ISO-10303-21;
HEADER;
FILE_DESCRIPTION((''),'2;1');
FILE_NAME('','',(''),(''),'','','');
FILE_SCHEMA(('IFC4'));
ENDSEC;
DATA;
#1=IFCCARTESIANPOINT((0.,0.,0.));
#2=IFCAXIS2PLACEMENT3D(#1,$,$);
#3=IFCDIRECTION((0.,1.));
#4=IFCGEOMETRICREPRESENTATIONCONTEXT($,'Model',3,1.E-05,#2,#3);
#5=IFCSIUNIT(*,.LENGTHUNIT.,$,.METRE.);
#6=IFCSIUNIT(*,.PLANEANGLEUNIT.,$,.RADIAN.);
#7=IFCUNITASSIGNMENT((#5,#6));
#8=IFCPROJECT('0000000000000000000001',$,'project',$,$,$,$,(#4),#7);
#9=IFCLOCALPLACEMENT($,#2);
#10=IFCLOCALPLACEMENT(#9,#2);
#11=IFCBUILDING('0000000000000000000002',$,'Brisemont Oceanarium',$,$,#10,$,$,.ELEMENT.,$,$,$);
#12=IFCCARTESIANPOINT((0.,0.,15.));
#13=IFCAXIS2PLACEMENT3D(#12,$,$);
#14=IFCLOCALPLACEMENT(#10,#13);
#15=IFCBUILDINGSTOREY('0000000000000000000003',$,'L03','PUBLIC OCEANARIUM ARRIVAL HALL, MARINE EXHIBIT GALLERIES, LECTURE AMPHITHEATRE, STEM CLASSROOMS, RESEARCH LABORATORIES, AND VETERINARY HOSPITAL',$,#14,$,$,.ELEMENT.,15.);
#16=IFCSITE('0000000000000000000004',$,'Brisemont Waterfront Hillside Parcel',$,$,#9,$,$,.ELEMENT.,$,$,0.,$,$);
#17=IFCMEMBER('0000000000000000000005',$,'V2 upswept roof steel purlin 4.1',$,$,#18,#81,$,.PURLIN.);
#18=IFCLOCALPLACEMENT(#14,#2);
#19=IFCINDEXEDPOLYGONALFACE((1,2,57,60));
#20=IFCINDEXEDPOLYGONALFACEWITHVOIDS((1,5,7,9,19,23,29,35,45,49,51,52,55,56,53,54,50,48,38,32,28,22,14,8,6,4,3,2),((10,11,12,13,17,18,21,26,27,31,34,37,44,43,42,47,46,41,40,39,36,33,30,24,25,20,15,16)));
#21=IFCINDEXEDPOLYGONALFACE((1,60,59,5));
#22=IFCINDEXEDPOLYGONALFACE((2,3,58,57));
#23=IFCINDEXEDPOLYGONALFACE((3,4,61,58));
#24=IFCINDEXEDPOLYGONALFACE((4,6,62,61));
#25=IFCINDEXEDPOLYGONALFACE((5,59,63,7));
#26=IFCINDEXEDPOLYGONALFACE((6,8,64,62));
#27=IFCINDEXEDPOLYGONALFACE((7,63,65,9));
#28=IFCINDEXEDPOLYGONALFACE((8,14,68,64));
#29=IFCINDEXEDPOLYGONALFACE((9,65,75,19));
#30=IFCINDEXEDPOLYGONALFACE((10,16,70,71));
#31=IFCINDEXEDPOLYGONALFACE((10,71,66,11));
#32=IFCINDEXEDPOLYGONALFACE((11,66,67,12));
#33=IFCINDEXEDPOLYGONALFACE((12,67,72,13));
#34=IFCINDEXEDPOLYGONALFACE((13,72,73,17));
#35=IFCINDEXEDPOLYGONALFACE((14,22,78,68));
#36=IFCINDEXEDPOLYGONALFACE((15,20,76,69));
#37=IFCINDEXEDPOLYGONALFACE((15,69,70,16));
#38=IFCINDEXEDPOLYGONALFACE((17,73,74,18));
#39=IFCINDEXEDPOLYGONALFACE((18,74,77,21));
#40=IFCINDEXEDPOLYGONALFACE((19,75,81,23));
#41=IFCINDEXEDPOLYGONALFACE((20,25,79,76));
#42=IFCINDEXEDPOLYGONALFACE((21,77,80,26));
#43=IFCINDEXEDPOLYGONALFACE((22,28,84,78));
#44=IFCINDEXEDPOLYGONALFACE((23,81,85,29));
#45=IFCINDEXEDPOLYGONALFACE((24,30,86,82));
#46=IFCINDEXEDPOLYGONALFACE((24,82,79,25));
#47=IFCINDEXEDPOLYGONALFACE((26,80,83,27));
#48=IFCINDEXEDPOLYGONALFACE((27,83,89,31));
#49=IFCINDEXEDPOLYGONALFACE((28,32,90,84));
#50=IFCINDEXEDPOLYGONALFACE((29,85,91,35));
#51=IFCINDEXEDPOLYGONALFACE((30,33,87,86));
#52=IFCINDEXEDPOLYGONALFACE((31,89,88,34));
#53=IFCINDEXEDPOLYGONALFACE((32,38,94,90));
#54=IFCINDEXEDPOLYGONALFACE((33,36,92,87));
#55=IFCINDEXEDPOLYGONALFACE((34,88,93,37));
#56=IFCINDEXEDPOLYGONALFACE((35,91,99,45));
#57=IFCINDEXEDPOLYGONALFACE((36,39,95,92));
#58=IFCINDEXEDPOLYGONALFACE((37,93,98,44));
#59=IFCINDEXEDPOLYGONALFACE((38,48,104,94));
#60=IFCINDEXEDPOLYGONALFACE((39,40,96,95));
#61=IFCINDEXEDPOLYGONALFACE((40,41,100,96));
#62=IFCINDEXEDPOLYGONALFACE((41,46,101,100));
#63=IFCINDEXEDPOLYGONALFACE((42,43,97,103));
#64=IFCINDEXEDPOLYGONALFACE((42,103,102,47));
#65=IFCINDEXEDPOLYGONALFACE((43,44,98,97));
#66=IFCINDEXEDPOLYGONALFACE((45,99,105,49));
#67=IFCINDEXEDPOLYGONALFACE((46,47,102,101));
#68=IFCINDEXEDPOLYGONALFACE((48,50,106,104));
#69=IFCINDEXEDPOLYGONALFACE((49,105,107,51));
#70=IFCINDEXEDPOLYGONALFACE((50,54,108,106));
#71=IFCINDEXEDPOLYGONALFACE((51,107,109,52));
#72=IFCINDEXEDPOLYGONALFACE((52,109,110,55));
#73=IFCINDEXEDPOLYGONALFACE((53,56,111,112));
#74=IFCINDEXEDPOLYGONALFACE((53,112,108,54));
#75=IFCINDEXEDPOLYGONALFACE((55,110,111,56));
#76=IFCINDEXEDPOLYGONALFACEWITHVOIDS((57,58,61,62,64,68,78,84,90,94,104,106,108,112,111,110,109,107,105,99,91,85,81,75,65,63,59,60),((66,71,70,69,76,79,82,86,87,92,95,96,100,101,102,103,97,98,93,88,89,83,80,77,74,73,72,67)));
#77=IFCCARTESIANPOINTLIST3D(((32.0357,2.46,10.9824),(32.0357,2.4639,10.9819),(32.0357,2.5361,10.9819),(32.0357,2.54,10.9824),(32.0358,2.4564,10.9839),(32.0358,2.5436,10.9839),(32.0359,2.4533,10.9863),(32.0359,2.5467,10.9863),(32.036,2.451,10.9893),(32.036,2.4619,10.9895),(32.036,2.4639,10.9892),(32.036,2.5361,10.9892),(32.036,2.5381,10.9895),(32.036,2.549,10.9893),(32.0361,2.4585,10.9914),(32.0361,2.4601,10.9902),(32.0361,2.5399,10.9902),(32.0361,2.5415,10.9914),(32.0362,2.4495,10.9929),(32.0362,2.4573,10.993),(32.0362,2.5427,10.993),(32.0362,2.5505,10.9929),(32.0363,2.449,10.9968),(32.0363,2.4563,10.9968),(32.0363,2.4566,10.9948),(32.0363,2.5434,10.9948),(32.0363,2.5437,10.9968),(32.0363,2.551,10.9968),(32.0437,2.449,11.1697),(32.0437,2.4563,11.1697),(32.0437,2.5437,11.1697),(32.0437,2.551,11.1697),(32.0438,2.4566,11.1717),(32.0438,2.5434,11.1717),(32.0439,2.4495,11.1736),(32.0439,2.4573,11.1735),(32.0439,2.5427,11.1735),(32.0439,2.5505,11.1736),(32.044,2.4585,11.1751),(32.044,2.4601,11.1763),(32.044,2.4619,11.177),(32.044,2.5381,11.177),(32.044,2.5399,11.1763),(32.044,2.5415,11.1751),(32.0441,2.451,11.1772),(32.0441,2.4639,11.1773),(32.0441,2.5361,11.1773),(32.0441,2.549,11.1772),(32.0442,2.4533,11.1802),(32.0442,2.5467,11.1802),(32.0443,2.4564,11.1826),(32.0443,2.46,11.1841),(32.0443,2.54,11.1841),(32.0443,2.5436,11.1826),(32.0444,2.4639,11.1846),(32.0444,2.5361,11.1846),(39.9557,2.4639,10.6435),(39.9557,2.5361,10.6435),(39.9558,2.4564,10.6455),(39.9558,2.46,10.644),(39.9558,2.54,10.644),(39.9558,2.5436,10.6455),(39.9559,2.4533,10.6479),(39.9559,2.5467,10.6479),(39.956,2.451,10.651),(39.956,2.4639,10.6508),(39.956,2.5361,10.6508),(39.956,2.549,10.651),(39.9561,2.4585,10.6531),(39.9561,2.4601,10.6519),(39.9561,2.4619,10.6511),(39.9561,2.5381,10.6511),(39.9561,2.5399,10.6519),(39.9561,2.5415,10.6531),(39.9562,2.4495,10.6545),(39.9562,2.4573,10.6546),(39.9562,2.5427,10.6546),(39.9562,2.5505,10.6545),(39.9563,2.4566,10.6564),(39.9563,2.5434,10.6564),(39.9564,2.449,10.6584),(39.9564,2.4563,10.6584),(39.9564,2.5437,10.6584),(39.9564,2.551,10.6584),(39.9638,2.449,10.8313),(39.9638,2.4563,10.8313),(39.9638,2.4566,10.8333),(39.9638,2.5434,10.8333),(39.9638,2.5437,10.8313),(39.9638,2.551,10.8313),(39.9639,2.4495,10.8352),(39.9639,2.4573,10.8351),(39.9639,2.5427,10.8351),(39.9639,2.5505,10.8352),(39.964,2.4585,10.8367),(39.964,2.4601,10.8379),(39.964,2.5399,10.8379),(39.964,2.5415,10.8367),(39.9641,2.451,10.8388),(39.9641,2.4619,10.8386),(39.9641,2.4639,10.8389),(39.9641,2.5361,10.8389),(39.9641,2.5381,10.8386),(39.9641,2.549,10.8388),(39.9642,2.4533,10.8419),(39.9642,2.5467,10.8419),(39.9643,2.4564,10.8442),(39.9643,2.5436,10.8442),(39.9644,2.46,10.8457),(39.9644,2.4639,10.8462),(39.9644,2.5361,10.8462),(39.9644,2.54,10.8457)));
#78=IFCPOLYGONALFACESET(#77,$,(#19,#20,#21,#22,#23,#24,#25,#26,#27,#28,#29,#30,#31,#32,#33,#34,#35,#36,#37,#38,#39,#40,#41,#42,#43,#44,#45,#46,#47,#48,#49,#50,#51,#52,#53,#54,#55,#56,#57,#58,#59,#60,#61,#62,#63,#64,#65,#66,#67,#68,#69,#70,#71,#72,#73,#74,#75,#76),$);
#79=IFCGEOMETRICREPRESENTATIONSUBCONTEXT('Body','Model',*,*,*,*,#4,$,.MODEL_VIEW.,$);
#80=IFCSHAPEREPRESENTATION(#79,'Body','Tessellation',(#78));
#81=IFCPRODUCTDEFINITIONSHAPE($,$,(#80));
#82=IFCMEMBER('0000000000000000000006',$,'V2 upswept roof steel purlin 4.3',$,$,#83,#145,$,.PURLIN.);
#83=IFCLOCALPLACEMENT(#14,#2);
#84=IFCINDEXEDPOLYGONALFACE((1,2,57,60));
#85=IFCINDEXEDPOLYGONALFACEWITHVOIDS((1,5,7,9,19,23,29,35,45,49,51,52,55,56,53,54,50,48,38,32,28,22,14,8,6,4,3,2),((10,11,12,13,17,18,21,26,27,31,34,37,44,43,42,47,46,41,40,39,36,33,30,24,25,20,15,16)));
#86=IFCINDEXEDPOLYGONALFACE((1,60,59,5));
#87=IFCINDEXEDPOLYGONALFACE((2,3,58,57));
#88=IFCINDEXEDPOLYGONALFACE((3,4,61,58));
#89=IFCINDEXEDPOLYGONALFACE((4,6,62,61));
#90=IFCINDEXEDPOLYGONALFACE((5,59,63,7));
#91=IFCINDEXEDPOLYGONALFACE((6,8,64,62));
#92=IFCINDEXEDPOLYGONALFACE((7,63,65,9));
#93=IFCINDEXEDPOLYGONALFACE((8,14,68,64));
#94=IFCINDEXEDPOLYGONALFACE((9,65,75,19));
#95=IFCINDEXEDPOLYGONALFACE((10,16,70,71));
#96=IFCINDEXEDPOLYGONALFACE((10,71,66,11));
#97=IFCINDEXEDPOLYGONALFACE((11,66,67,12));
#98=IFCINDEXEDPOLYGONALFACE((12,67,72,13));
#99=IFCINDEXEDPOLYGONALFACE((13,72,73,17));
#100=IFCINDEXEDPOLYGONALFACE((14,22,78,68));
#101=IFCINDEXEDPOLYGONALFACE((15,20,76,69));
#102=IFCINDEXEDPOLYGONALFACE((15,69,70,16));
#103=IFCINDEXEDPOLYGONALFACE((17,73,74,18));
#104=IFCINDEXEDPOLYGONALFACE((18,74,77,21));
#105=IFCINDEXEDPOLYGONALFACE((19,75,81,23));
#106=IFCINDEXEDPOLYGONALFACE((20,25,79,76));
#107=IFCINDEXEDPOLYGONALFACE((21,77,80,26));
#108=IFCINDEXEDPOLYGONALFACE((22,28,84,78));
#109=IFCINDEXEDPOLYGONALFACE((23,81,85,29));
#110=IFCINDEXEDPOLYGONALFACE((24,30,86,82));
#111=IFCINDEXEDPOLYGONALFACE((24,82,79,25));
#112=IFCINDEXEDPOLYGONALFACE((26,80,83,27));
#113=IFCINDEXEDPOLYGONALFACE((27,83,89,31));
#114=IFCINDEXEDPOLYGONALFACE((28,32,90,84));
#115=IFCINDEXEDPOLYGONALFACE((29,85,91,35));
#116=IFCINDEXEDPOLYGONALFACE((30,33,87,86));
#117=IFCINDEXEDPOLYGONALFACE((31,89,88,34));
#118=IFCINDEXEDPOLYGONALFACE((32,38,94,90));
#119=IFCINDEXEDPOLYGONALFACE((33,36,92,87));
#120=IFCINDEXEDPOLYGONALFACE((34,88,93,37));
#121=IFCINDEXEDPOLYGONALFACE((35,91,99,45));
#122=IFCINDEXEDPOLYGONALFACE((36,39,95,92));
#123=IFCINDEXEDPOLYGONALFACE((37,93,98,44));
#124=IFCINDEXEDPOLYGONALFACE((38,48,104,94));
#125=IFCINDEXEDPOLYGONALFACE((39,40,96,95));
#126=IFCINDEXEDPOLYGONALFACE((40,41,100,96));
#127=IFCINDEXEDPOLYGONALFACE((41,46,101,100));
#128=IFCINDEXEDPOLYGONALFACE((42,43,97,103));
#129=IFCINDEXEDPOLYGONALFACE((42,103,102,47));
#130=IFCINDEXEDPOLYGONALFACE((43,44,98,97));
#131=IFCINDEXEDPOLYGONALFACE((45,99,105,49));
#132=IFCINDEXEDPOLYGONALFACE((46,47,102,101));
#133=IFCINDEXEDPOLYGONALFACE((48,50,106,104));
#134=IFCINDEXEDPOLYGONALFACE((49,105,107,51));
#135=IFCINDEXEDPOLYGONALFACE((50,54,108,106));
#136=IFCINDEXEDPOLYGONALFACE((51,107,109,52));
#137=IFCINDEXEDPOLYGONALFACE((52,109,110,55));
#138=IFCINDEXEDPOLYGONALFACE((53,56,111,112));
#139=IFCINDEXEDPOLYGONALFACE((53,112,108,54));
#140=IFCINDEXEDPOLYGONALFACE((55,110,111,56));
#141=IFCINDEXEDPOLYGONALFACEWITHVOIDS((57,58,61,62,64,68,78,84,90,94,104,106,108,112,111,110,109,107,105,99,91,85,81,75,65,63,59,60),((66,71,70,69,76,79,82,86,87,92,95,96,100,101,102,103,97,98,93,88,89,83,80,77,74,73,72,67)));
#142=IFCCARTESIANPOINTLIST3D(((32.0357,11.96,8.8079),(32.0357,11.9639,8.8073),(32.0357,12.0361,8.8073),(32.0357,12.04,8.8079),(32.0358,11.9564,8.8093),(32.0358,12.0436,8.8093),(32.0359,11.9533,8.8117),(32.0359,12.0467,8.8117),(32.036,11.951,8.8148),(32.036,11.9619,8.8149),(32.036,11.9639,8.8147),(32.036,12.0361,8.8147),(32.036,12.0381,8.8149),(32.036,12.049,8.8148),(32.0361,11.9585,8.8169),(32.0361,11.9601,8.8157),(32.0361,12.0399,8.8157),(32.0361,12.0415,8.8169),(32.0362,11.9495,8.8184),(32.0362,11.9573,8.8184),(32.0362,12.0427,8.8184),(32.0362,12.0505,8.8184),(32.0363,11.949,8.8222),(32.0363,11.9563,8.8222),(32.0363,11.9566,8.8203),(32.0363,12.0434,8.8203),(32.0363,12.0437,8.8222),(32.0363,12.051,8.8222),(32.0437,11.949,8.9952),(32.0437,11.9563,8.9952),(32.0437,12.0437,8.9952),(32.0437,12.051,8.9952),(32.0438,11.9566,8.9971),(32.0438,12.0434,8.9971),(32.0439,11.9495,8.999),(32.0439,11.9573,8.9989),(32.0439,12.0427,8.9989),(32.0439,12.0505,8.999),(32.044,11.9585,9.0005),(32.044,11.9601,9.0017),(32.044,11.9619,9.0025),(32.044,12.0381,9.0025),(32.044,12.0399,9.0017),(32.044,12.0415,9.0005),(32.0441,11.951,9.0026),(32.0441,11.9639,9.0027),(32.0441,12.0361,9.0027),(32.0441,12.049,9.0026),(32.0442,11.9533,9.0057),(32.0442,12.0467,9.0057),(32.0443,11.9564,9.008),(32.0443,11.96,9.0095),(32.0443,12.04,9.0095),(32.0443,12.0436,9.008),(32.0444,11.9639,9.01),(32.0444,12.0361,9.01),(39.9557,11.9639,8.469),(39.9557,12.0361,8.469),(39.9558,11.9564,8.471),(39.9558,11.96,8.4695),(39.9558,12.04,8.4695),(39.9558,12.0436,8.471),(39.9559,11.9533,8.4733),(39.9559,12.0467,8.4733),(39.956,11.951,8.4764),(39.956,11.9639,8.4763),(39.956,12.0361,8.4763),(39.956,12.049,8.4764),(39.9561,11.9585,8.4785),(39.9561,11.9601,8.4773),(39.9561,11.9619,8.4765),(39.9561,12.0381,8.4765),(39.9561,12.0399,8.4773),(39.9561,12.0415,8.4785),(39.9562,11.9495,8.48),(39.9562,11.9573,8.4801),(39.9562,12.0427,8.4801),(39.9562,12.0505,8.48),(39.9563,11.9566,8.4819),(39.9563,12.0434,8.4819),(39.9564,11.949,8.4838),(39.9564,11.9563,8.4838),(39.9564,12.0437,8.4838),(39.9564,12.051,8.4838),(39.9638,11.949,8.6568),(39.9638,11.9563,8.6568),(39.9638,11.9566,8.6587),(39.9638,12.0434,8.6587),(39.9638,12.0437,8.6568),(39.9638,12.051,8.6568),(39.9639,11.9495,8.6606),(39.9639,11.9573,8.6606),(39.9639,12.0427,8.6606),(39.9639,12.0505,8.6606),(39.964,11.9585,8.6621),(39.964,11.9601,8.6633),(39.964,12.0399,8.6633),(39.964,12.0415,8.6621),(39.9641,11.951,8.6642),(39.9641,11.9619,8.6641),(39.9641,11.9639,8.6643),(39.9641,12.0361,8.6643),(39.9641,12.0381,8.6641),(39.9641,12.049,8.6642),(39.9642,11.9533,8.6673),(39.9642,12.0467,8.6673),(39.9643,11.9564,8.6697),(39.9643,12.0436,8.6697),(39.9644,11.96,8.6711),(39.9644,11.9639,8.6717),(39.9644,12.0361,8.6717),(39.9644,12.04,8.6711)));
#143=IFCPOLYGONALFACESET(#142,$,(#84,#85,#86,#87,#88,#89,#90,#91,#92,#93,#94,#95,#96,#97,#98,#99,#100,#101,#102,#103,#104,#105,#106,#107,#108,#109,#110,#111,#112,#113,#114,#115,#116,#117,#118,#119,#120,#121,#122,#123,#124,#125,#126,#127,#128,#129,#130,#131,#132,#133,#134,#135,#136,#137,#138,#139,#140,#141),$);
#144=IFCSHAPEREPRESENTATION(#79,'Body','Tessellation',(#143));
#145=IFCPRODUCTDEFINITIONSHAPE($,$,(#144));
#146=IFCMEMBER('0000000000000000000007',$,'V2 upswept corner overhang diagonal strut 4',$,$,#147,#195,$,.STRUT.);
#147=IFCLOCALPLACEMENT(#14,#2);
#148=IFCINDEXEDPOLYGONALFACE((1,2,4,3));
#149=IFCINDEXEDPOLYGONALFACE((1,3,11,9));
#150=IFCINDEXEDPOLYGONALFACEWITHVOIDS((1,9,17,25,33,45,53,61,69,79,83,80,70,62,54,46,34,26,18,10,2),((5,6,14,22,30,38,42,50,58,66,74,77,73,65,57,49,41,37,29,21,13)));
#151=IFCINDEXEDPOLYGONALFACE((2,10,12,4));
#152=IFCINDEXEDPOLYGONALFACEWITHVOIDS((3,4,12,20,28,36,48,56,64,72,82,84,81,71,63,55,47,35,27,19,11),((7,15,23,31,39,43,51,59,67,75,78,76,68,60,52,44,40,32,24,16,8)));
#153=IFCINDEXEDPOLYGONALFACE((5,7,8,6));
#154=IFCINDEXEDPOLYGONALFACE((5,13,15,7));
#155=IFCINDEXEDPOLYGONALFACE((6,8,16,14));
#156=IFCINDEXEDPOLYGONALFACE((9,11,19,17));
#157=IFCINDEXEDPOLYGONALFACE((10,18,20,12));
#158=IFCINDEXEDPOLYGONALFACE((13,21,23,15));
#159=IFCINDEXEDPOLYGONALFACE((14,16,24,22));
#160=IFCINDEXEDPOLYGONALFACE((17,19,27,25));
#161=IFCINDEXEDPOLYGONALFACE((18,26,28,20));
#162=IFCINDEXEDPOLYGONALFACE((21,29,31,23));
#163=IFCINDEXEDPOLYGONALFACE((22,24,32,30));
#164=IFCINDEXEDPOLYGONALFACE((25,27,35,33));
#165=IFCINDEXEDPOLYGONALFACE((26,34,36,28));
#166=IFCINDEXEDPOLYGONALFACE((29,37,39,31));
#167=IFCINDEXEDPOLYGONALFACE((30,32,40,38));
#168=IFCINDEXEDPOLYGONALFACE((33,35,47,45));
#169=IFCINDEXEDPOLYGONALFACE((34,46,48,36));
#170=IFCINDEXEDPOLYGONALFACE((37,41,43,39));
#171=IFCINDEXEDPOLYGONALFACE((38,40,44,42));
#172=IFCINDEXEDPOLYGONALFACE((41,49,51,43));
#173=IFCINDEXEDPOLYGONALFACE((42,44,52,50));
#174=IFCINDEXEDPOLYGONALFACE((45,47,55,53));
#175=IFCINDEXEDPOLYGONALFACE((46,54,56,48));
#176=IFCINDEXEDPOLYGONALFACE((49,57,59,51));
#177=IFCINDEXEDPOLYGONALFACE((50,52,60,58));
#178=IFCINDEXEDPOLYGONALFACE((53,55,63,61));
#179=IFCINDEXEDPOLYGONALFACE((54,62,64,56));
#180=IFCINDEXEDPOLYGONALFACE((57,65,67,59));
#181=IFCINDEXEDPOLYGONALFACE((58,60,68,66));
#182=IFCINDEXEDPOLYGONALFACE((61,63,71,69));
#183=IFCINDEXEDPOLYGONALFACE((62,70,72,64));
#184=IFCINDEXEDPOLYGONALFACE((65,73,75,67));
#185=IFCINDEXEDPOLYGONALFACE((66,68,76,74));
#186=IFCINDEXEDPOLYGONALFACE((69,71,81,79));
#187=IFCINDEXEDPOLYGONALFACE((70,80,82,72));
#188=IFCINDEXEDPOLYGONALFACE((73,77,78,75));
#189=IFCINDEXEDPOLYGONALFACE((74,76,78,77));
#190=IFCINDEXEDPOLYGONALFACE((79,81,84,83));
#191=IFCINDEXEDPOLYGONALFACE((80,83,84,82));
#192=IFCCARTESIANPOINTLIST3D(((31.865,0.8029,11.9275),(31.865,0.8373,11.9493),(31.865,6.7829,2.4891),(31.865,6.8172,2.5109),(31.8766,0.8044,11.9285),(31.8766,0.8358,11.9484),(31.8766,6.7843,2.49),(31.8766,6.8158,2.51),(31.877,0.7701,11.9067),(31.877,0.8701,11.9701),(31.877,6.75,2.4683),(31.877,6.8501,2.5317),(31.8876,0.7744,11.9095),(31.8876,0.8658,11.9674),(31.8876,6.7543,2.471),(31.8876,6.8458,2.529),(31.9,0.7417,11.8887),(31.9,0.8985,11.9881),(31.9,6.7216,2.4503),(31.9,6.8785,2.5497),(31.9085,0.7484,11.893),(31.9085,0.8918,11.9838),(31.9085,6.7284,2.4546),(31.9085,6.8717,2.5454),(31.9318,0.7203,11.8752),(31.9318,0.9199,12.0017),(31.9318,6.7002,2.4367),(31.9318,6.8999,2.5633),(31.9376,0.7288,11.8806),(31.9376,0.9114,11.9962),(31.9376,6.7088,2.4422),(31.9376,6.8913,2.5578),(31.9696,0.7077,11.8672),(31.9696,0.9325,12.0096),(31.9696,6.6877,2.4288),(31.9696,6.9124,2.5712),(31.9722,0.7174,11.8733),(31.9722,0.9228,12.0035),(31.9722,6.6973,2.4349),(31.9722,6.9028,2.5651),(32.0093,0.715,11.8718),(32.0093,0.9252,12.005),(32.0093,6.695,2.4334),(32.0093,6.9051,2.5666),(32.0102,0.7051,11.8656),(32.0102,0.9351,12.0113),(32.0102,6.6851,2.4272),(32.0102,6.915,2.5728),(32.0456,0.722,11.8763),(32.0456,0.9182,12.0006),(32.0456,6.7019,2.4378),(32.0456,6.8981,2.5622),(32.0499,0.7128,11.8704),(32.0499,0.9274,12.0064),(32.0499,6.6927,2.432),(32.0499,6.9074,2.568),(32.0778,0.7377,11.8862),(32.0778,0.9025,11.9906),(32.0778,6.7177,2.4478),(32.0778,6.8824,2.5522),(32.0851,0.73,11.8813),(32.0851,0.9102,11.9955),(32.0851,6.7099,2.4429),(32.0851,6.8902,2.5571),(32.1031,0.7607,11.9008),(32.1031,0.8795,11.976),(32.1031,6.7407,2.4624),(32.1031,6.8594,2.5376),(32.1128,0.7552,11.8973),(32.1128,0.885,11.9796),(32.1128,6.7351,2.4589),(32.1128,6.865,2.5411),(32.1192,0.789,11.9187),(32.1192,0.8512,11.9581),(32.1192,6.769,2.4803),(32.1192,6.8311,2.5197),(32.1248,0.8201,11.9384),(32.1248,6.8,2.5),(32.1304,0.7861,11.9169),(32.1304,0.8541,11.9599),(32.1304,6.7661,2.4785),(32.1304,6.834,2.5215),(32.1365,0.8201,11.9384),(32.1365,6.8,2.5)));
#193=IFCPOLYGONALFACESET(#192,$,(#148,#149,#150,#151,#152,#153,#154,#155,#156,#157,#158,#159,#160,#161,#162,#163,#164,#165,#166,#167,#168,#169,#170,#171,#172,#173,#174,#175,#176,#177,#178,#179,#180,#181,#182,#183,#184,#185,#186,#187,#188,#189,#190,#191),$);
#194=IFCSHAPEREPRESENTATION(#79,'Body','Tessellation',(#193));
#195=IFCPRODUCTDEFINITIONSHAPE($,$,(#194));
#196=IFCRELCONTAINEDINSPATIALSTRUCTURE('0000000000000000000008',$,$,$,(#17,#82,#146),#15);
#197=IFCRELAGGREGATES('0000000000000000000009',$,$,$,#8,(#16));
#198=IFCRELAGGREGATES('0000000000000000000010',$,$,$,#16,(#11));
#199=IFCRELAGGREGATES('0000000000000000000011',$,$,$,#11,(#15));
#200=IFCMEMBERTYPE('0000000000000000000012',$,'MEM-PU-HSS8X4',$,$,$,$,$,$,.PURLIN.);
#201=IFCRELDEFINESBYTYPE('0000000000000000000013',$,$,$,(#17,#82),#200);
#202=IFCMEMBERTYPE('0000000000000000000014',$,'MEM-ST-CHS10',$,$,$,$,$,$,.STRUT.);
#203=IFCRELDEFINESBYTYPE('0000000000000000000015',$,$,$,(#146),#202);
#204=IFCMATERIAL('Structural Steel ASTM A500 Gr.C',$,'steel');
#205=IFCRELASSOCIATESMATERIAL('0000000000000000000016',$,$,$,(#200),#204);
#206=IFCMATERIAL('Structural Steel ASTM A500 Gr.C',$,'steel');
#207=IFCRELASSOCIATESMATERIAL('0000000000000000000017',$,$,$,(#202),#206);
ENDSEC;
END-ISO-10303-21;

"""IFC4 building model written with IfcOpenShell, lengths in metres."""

from ifc_helpers import new_model, si_unit, direction, frame, origin, origin_2d, place, context, subcontext, project, spatial, hollow_rectangle, hollow_circle, extrude, material, material_profile, profile_set, type_object, element, save


model = new_model("IFC4")

# Units and contexts
model_context = context("Model", 3, precision=1e-05, world=origin(), true_north=direction((0.0, 1.0)))
body_context = subcontext(model_context, "Body", "Model", "MODEL_VIEW")
ifc_project = project(units=[si_unit("LENGTHUNIT", "METRE"), si_unit("PLANEANGLEUNIT", "RADIAN")], contexts=[model_context])

# Site, building, storey
site_placement = place(None, origin())
site = spatial("IfcSite", under=ifc_project, at=site_placement, Name="Brisemont Waterfront Hillside Parcel", CompositionType="ELEMENT", RefElevation=0.0)
building_placement = place(site_placement, origin())
building = spatial("IfcBuilding", under=site, at=building_placement, Name="Brisemont Oceanarium", CompositionType="ELEMENT")
storey_placement = place(building_placement, frame((0.0, 0.0, 15.0)))
storey = spatial("IfcBuildingStorey", under=building, at=storey_placement, Name="L03", Description="PUBLIC OCEANARIUM ARRIVAL HALL, MARINE EXHIBIT GALLERIES, LECTURE AMPHITHEATRE, STEM CLASSROOMS, RESEARCH LABORATORIES, AND VETERINARY HOSPITAL", CompositionType="ELEMENT", Elevation=15.0)

# Members
ifc_material_1 = material(Name="Structural Steel ASTM A500 Gr.C", Category="steel")
ifc_material_profile_1 = material_profile(ifc_material_1, hollow_rectangle(XDim=0.1021, YDim=0.2029, WallThickness=0.0073, InnerFilletRadius=0.0076, OuterFilletRadius=0.0149, at=origin_2d()), Name="HSS8X4X5/16")
ifc_profile_set_1 = profile_set([ifc_material_profile_1], Name="Structural Steel ASTM A500 Gr.C")
member_type_1 = type_object("IfcMemberType", Name="MEM-PU-HSS8X4", PredefinedType="PURLIN", material=ifc_profile_set_1)
for number, where, z_axis, x_axis, name in (
    (1, (32.04, 2.5, 11.0833), (0.999089, 0.0, -0.042686), (0.0, 1.0, 0.0), "V2 upswept roof steel purlin 4.1"),
    (2, (32.04, 12.0, 8.9087), (0.999089, 0.0, -0.042686), (0.0, 1.0, 0.0), "V2 upswept roof steel purlin 4.3"),
):
    element("IfcMember", number, at=place(storey_placement, frame(where, z_axis=z_axis, x_axis=x_axis)), inside=storey, type_object=member_type_1, Name=name, PredefinedType="PURLIN", context=body_context, shape_type="SweptSolid", body=[
        extrude(hollow_rectangle(XDim=0.1021, YDim=0.2029, WallThickness=0.0073, InnerFilletRadius=0.0076, OuterFilletRadius=0.0149, at=origin_2d()), origin(), (0.0, 0.0, 1.0), 7.9272),
    ])
ifc_material_2 = material(Name="Structural Steel ASTM A500 Gr.C", Category="steel")
ifc_material_profile_2 = material_profile(ifc_material_2, hollow_circle(Radius=0.1365, WallThickness=0.0117, at=origin_2d()), Name="HSS10.750X0.500")
ifc_profile_set_2 = profile_set([ifc_material_profile_2], Name="Structural Steel ASTM A500 Gr.C")
member_type_2 = type_object("IfcMemberType", Name="MEM-ST-CHS10", PredefinedType="STRUT", material=ifc_profile_set_2)
member_placement = place(storey_placement, frame((32.0, 6.8, 2.5), z_axis=(0.0, -0.535198, 0.844727), x_axis=(1.0, 0.0, 0.0)))
element("IfcMember", 3, at=member_placement, inside=storey, type_object=member_type_2, Name="V2 upswept corner overhang diagonal strut 4", PredefinedType="STRUT", context=body_context, shape_type="SweptSolid", body=[
    extrude(hollow_circle(Radius=0.1365, WallThickness=0.0117, at=origin_2d()), origin(), (0.0, 0.0, 1.0), 11.1733),
])

save(model, "model.ifc")
